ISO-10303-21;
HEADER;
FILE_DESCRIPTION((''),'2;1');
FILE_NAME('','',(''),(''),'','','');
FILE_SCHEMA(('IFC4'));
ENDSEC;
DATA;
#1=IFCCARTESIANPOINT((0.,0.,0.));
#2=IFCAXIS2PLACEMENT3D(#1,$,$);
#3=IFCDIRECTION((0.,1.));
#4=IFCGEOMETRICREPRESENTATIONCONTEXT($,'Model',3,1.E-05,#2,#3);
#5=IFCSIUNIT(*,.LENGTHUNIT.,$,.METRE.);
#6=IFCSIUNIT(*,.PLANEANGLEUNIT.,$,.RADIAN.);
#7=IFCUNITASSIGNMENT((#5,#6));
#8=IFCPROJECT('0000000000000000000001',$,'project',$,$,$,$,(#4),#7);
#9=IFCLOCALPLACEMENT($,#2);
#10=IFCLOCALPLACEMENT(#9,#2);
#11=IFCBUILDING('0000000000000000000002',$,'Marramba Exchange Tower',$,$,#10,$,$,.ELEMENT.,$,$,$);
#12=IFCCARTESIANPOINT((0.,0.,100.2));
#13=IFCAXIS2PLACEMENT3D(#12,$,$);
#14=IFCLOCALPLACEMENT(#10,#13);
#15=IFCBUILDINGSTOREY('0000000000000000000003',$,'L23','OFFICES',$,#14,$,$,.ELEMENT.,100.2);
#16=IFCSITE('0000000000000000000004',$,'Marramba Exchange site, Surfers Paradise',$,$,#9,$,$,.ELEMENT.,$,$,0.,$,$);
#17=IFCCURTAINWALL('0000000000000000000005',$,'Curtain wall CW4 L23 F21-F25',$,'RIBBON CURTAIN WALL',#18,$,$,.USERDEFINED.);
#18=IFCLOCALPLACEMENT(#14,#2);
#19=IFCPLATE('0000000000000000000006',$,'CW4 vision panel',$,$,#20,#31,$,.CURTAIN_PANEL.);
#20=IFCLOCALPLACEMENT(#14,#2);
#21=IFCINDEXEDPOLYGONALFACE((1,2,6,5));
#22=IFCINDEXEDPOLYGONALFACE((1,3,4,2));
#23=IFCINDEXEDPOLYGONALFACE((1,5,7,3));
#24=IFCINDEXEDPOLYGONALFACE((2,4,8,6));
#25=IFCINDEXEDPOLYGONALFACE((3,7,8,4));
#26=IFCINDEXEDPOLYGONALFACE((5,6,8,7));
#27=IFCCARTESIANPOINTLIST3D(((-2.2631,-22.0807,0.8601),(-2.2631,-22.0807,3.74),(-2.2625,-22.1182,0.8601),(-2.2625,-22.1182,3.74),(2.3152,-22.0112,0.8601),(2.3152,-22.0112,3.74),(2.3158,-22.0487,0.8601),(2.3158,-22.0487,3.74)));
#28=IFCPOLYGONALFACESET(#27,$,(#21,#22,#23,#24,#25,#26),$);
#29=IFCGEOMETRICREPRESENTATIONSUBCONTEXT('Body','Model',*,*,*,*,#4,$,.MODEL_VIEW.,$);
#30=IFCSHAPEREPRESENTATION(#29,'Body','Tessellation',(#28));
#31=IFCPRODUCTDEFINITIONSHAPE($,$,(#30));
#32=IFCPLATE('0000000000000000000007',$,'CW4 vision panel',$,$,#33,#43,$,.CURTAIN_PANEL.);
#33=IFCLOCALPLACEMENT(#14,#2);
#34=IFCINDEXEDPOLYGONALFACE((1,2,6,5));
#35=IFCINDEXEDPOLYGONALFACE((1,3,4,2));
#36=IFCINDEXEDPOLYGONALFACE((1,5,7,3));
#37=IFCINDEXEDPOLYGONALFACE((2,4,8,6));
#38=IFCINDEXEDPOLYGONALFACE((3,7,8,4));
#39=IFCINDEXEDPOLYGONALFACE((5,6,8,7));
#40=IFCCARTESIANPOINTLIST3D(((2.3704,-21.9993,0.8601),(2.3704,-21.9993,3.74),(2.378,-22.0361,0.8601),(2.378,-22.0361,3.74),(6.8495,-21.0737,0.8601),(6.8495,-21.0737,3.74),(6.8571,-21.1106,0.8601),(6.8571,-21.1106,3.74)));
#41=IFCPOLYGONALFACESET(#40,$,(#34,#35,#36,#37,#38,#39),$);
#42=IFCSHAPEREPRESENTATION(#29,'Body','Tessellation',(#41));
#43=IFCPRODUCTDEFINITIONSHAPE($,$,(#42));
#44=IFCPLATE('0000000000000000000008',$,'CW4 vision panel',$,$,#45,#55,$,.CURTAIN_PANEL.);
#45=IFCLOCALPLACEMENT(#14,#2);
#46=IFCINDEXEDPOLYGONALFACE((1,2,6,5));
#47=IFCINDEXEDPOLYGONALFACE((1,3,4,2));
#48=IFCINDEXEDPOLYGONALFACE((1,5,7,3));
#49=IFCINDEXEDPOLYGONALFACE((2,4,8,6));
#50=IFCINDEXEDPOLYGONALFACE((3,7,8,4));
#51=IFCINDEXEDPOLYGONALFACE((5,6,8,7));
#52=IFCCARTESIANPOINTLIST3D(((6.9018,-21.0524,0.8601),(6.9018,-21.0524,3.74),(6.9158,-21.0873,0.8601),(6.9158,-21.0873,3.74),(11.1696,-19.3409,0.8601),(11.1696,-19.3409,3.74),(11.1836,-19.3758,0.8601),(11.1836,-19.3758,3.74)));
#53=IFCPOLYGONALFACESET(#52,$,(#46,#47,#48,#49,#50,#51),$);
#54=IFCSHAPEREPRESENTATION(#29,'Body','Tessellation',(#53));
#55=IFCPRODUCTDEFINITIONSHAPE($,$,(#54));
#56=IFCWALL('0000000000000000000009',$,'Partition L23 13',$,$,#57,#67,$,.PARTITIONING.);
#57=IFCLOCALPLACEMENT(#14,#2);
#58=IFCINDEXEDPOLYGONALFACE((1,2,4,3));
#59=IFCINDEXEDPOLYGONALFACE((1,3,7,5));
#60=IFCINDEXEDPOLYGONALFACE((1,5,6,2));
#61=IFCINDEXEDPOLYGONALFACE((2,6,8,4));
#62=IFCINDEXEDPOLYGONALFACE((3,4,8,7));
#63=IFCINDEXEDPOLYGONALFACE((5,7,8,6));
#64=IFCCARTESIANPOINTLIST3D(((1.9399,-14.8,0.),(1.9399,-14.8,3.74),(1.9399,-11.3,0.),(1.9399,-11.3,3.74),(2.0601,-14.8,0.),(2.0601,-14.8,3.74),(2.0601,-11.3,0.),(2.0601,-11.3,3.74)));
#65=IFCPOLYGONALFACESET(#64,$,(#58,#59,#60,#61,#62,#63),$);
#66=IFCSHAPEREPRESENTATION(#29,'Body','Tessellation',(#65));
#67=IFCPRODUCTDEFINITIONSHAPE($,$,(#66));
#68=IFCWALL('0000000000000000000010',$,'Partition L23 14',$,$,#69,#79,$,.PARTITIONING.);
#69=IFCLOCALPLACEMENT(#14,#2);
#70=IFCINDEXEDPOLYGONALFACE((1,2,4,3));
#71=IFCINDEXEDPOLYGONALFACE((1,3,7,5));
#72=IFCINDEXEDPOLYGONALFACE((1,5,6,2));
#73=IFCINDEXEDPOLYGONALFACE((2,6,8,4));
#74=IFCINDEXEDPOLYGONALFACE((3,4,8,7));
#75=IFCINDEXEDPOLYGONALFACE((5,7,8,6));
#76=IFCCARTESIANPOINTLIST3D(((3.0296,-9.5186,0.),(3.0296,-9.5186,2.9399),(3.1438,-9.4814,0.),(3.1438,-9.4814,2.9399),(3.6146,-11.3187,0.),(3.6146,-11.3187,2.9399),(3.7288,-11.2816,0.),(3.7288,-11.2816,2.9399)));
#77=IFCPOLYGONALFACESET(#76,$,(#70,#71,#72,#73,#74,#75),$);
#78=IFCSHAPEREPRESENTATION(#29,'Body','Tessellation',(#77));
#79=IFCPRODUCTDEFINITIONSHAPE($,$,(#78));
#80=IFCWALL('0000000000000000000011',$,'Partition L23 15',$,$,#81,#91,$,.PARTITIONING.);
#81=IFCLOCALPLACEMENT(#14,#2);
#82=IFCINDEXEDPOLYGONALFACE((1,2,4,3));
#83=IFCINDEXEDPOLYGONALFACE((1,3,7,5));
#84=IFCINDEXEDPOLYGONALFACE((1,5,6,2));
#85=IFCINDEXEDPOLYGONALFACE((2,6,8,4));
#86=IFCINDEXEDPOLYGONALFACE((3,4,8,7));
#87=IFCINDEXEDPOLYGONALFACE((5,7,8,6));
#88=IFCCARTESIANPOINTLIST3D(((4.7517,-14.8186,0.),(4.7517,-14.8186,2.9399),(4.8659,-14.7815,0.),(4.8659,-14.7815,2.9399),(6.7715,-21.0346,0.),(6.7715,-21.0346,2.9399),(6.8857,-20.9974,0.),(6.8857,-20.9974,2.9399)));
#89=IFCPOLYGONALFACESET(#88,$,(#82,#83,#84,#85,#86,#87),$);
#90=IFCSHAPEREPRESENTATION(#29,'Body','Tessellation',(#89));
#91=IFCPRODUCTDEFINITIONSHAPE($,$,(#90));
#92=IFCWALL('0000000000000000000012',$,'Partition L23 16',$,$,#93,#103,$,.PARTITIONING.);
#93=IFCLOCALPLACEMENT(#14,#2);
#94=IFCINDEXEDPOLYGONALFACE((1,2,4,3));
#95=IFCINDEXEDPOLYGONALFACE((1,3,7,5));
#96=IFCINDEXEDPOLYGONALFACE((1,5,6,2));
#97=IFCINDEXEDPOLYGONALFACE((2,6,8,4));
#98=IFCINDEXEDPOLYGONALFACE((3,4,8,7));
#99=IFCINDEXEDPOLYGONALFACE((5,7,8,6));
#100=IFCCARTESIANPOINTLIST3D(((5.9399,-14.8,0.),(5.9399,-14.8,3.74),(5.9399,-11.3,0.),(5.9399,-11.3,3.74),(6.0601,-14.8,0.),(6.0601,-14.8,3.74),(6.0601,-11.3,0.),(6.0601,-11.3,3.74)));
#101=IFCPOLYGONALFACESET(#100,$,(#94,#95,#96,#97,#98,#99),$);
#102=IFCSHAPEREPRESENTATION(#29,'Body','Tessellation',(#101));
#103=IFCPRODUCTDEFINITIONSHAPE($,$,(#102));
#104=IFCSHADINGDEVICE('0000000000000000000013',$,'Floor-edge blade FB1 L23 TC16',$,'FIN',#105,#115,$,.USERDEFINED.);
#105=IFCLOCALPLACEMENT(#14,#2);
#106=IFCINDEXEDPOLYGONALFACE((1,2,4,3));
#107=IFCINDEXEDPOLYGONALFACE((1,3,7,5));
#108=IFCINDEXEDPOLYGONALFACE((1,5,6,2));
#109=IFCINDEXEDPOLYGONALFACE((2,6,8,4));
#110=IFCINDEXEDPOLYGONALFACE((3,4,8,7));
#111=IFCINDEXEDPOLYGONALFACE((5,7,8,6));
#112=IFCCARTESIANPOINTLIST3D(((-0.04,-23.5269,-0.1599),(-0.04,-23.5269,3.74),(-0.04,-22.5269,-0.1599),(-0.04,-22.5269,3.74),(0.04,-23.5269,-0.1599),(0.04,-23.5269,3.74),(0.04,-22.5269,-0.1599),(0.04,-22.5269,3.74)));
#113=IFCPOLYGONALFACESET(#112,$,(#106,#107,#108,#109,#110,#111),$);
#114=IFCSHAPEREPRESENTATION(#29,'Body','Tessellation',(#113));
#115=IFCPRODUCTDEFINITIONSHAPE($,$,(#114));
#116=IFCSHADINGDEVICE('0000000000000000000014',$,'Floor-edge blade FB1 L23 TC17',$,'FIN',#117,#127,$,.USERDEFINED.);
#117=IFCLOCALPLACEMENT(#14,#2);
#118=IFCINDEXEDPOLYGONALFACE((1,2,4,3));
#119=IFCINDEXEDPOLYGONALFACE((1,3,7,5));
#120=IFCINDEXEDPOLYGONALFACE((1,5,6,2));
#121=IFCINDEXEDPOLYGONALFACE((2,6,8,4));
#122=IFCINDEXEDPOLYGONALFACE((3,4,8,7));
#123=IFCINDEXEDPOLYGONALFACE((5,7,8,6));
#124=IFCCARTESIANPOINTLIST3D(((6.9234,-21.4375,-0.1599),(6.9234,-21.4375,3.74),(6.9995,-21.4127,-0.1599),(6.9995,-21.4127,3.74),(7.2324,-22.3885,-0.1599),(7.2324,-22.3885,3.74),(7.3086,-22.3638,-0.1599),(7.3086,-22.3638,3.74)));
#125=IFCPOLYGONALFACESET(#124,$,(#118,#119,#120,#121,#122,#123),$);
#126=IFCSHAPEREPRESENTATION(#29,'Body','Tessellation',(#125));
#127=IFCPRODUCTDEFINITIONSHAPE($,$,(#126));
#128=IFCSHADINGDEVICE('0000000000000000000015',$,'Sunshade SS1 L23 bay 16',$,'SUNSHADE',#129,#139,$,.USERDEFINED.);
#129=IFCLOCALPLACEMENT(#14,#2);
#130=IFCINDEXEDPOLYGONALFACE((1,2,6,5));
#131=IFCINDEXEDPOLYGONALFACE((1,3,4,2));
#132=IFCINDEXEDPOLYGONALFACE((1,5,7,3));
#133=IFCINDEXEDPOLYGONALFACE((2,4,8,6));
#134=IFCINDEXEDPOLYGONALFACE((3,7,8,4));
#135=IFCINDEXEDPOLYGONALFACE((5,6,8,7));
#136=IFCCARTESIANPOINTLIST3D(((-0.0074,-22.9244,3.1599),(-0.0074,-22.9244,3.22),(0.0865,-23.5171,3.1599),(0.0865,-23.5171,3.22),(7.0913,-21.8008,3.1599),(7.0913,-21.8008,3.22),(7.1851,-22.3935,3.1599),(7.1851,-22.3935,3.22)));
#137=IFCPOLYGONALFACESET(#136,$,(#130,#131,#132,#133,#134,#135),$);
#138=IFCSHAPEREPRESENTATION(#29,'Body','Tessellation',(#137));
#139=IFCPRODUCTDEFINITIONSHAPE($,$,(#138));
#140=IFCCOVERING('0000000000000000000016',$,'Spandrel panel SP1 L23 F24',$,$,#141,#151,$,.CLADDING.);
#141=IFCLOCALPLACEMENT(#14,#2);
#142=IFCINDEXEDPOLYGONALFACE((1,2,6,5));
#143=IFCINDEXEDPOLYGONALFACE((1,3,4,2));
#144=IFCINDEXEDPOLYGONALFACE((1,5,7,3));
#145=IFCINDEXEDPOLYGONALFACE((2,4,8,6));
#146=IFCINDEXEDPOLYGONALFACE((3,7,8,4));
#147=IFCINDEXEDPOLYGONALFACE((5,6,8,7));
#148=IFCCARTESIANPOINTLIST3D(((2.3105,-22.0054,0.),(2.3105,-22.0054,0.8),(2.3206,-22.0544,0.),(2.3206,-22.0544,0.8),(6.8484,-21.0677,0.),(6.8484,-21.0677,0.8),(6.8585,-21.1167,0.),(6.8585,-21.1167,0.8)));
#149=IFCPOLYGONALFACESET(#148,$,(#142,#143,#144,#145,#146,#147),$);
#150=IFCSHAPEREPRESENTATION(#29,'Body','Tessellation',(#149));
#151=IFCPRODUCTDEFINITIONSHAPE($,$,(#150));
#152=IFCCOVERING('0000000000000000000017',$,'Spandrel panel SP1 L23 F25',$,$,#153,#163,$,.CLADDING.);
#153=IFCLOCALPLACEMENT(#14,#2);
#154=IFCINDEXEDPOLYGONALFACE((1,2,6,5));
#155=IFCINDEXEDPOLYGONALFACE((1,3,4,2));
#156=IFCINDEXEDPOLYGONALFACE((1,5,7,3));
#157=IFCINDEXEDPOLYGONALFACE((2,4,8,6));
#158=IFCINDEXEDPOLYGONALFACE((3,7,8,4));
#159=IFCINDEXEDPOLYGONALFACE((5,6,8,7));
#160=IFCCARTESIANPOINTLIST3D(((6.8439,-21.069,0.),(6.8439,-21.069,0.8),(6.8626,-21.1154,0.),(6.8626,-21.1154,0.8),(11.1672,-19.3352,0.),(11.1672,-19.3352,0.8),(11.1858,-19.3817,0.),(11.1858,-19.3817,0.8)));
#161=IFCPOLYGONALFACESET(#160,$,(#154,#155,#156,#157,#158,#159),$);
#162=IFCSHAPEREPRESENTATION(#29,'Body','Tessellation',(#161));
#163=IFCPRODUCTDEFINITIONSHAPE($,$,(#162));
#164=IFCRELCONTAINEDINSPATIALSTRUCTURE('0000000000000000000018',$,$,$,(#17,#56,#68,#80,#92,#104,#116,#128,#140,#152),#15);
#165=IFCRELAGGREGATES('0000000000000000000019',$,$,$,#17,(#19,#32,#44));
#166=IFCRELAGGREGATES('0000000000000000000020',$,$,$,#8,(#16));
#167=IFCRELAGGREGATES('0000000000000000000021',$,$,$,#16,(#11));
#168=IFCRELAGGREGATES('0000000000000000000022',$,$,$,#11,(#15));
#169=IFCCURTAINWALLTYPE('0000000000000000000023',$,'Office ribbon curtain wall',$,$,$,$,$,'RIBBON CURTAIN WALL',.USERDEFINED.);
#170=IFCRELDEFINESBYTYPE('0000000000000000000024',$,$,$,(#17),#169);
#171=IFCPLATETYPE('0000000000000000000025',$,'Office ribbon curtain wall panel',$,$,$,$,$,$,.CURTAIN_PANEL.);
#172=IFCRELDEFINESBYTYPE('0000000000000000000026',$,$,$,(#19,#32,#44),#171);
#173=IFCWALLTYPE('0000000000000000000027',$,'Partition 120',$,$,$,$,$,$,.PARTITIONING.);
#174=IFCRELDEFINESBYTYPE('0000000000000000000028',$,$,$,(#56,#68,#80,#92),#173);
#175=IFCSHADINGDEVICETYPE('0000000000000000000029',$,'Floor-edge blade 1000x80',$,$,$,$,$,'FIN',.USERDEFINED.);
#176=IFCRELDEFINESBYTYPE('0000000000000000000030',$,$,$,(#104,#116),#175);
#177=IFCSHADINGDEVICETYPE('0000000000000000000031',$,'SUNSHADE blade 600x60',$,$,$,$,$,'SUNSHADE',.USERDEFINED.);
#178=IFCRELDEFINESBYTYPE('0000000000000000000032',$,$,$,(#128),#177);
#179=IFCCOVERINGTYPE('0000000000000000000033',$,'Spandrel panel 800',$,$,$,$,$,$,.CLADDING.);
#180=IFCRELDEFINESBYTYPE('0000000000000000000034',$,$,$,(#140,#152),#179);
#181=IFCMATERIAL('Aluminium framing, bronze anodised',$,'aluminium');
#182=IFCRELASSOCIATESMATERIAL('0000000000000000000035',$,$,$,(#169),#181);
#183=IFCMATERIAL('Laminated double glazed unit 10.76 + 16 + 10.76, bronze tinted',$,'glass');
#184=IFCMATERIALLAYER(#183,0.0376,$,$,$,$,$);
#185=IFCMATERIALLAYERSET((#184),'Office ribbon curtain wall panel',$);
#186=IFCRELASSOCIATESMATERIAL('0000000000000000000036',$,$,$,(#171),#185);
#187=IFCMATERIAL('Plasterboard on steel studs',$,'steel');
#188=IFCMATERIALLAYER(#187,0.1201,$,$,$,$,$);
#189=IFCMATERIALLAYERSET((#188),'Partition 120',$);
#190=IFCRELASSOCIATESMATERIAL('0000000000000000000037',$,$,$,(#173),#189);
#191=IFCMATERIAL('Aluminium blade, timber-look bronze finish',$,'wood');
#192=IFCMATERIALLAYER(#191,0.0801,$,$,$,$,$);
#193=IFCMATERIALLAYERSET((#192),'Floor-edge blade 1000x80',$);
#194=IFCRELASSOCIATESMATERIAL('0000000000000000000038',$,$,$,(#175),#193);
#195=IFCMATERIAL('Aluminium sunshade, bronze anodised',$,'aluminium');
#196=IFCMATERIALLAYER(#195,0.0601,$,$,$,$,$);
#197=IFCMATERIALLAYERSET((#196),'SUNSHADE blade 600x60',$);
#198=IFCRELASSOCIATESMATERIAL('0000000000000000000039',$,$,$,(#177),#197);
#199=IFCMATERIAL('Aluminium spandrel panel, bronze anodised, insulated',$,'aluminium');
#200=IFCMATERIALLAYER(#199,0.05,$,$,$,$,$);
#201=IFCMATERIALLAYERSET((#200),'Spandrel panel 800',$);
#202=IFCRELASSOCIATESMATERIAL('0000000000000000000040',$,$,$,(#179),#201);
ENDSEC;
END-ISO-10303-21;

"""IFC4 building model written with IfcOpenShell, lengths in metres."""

from ifc_helpers import new_model, si_unit, direction, frame, frame_2d, origin, origin_2d, place, context, subcontext, project, spatial, rectangle, extrude, material, layer, layer_set, type_object, element, aggregate, save


model = new_model("IFC4")

# Units and contexts
model_context = context("Model", 3, precision=1e-05, world=origin(), true_north=direction((0.0, 1.0)))
body_context = subcontext(model_context, "Body", "Model", "MODEL_VIEW")
ifc_project = project(units=[si_unit("LENGTHUNIT", "METRE"), si_unit("PLANEANGLEUNIT", "RADIAN")], contexts=[model_context])

# Site, building, storey
site_placement = place(None, origin())
site = spatial("IfcSite", under=ifc_project, at=site_placement, Name="Marramba Exchange site, Surfers Paradise", CompositionType="ELEMENT", RefElevation=0.0)
building_placement = place(site_placement, origin())
building = spatial("IfcBuilding", under=site, at=building_placement, Name="Marramba Exchange Tower", CompositionType="ELEMENT")
storey_placement = place(building_placement, frame((0.0, 0.0, 100.2)))
storey = spatial("IfcBuildingStorey", under=building, at=storey_placement, Name="L23", Description="OFFICES", CompositionType="ELEMENT", Elevation=100.2)

# Curtain wall
ifc_material_1 = material(Name="Aluminium framing, bronze anodised", Category="aluminium")
curtain_wall_type = type_object("IfcCurtainWallType", Name="Office ribbon curtain wall", ElementType="RIBBON CURTAIN WALL", PredefinedType="USERDEFINED", material=ifc_material_1)
curtain_wall_placement = place(storey_placement, origin())
curtain_wall = element("IfcCurtainWall", 1, at=curtain_wall_placement, inside=storey, type_object=curtain_wall_type, Name="Curtain wall CW4 L23 F21-F25", ObjectType="RIBBON CURTAIN WALL", PredefinedType="USERDEFINED")

# Plates
ifc_material_2 = material(Name="Laminated double glazed unit 10.76 + 16 + 10.76, bronze tinted", Category="glass")
ifc_layer_1 = layer(ifc_material_2, 0.0376)
ifc_layer_set_1 = layer_set([ifc_layer_1], Name="Office ribbon curtain wall panel")
plate_type = type_object("IfcPlateType", Name="Office ribbon curtain wall panel", PredefinedType="CURTAIN_PANEL", material=ifc_layer_set_1)
plate_1_placement = place(storey_placement, frame((0.0264, -22.0647, 0.8601), z_axis=(0.0, 0.0, 1.0), x_axis=(0.999885, 0.015179, 0.0)))
plate_1 = element("IfcPlate", 2, at=plate_1_placement, type_object=plate_type, Name="CW4 vision panel", PredefinedType="CURTAIN_PANEL", context=body_context, shape_type="SweptSolid", body=[
    extrude(rectangle(XDim=4.5789, YDim=0.0376, at=origin_2d()), origin(), (0.0, 0.0, 1.0), 2.8799),
])
plate_2_placement = place(storey_placement, frame((4.6138, -21.5549, 0.8601), z_axis=(0.0, 0.0, 1.0), x_axis=(0.97931, 0.202365, 0.0)))
plate_2 = element("IfcPlate", 3, at=plate_2_placement, type_object=plate_type, Name="CW4 vision panel", PredefinedType="CURTAIN_PANEL", context=body_context, shape_type="SweptSolid", body=[
    extrude(rectangle(XDim=4.5737, YDim=0.0376, at=origin_2d()), origin(), (0.0, 0.0, 1.0), 2.8799),
])
plate_3_placement = place(storey_placement, frame((9.0427, -20.2141, 0.8601), z_axis=(0.0, 0.0, 1.0), x_axis=(0.928149, 0.372209, 0.0)))
plate_3 = element("IfcPlate", 4, at=plate_3_placement, type_object=plate_type, Name="CW4 vision panel", PredefinedType="CURTAIN_PANEL", context=body_context, shape_type="SweptSolid", body=[
    extrude(rectangle(XDim=4.5981, YDim=0.0376, at=origin_2d()), origin(), (0.0, 0.0, 1.0), 2.8799),
])
aggregate(curtain_wall, [plate_1, plate_2, plate_3])

# Walls
ifc_material_3 = material(Name="Plasterboard on steel studs", Category="steel")
ifc_layer_2 = layer(ifc_material_3, 0.1201)
ifc_layer_set_2 = layer_set([ifc_layer_2], Name="Partition 120")
wall_type = type_object("IfcWallType", Name="Partition 120", PredefinedType="PARTITIONING", material=ifc_layer_set_2)
wall_1_placement = place(storey_placement, frame((2.0, -11.3, 0.0), z_axis=(0.0, 0.0, 1.0), x_axis=(0.0, -1.0, 0.0)))
element("IfcWall", 5, at=wall_1_placement, inside=storey, type_object=wall_type, Name="Partition L23 13", PredefinedType="PARTITIONING", context=body_context, shape_type="SweptSolid", body=[
    extrude(rectangle(XDim=3.5, YDim=0.1201, at=frame_2d((1.75, 0.0))), origin(), (0.0, 0.0, 1.0), 3.74),
])
wall_2_placement = place(storey_placement, frame((3.6716, -11.3, 0.0), z_axis=(0.0, 0.0, 1.0), x_axis=(-0.30906, 0.951043, 0.0)))
element("IfcWall", 6, at=wall_2_placement, inside=storey, type_object=wall_type, Name="Partition L23 14", PredefinedType="PARTITIONING", context=body_context, shape_type="SweptSolid", body=[
    extrude(rectangle(XDim=1.8928, YDim=0.1201, at=frame_2d((0.9463, 0.0))), origin(), (0.0, 0.0, 1.0), 2.9399),
])
wall_3_placement = place(storey_placement, frame((6.8286, -21.0161, 0.0), z_axis=(0.0, 0.0, 1.0), x_axis=(-0.309024, 0.951054, 0.0)))
element("IfcWall", 7, at=wall_3_placement, inside=storey, type_object=wall_type, Name="Partition L23 15", PredefinedType="PARTITIONING", context=body_context, shape_type="SweptSolid", body=[
    extrude(rectangle(XDim=6.5359, YDim=0.1201, at=frame_2d((3.2681, 0.0))), origin(), (0.0, 0.0, 1.0), 2.9399),
])
wall_4_placement = place(storey_placement, frame((6.0, -14.8, 0.0), z_axis=(0.0, 0.0, 1.0), x_axis=(0.0, 1.0, 0.0)))
element("IfcWall", 8, at=wall_4_placement, inside=storey, type_object=wall_type, Name="Partition L23 16", PredefinedType="PARTITIONING", context=body_context, shape_type="SweptSolid", body=[
    extrude(rectangle(XDim=3.5, YDim=0.1201, at=frame_2d((1.75, 0.0))), origin(), (0.0, 0.0, 1.0), 3.74),
])

# Shading devices
ifc_material_4 = material(Name="Aluminium blade, timber-look bronze finish", Category="wood")
ifc_layer_3 = layer(ifc_material_4, 0.0801)
ifc_layer_set_3 = layer_set([ifc_layer_3], Name="Floor-edge blade 1000x80")
shading_device_type_1 = type_object("IfcShadingDeviceType", Name="Floor-edge blade 1000x80", ElementType="FIN", PredefinedType="USERDEFINED", material=ifc_layer_set_3)
for number, where, z_axis, x_axis, name in (
    (9, (0.0, -23.0269, -0.1599), (0.0, 0.0, 1.0), (0.0, -1.0, 0.0), "Floor-edge blade FB1 L23 TC16"),
    (10, (7.116, -21.9006, -0.1599), (0.0, 0.0, 1.0), (0.309017, -0.951057, 0.0), "Floor-edge blade FB1 L23 TC17"),
):
    element("IfcShadingDevice", number, at=place(storey_placement, frame(where, z_axis=z_axis, x_axis=x_axis)), inside=storey, type_object=shading_device_type_1, Name=name, ObjectType="FIN", PredefinedType="USERDEFINED", context=body_context, shape_type="SweptSolid", body=[
        extrude(rectangle(XDim=1.0, YDim=0.0801, at=origin_2d()), origin(), (0.0, 0.0, 1.0), 3.8999),
    ])
ifc_material_5 = material(Name="Aluminium sunshade, bronze anodised", Category="aluminium")
ifc_layer_4 = layer(ifc_material_5, 0.0601)
ifc_layer_set_4 = layer_set([ifc_layer_4], Name="SUNSHADE blade 600x60")
shading_device_type_2 = type_object("IfcShadingDeviceType", Name="SUNSHADE blade 600x60", ElementType="SUNSHADE", PredefinedType="USERDEFINED", material=ifc_layer_set_4)
shading_device_placement = place(storey_placement, frame((3.5889, -22.6589, 3.1599), z_axis=(0.0, 0.0, 1.0), x_axis=(0.987705, 0.15633, 0.0)))
element("IfcShadingDevice", 11, at=shading_device_placement, inside=storey, type_object=shading_device_type_2, Name="Sunshade SS1 L23 bay 16", ObjectType="SUNSHADE", PredefinedType="USERDEFINED", context=body_context, shape_type="SweptSolid", body=[
    extrude(rectangle(XDim=7.187, YDim=0.6001, at=origin_2d()), origin(), (0.0, 0.0, 1.0), 0.0601),
])

# Coverings
ifc_material_6 = material(Name="Aluminium spandrel panel, bronze anodised, insulated", Category="aluminium")
ifc_layer_5 = layer(ifc_material_6, 0.05)
ifc_layer_set_5 = layer_set([ifc_layer_5], Name="Spandrel panel 800")
covering_type = type_object("IfcCoveringType", Name="Spandrel panel 800", PredefinedType="CLADDING", material=ifc_layer_set_5)
covering_1_placement = place(storey_placement, frame((4.5845, -21.561, 0.0), z_axis=(0.0, 0.0, 1.0), x_axis=(0.97931, 0.202365, 0.0)))
element("IfcCovering", 12, at=covering_1_placement, inside=storey, type_object=covering_type, Name="Spandrel panel SP1 L23 F24", PredefinedType="CLADDING", context=body_context, shape_type="SweptSolid", body=[
    extrude(rectangle(XDim=4.6338, YDim=0.05, at=origin_2d()), origin(), (0.0, 0.0, 1.0), 0.8),
])
covering_2_placement = place(storey_placement, frame((9.0149, -20.2253, 0.0), z_axis=(0.0, 0.0, 1.0), x_axis=(0.928149, 0.372209, 0.0)))
element("IfcCovering", 13, at=covering_2_placement, inside=storey, type_object=covering_type, Name="Spandrel panel SP1 L23 F25", PredefinedType="CLADDING", context=body_context, shape_type="SweptSolid", body=[
    extrude(rectangle(XDim=4.658, YDim=0.05, at=origin_2d()), origin(), (0.0, 0.0, 1.0), 0.8),
])

save(model, "model.ifc")
